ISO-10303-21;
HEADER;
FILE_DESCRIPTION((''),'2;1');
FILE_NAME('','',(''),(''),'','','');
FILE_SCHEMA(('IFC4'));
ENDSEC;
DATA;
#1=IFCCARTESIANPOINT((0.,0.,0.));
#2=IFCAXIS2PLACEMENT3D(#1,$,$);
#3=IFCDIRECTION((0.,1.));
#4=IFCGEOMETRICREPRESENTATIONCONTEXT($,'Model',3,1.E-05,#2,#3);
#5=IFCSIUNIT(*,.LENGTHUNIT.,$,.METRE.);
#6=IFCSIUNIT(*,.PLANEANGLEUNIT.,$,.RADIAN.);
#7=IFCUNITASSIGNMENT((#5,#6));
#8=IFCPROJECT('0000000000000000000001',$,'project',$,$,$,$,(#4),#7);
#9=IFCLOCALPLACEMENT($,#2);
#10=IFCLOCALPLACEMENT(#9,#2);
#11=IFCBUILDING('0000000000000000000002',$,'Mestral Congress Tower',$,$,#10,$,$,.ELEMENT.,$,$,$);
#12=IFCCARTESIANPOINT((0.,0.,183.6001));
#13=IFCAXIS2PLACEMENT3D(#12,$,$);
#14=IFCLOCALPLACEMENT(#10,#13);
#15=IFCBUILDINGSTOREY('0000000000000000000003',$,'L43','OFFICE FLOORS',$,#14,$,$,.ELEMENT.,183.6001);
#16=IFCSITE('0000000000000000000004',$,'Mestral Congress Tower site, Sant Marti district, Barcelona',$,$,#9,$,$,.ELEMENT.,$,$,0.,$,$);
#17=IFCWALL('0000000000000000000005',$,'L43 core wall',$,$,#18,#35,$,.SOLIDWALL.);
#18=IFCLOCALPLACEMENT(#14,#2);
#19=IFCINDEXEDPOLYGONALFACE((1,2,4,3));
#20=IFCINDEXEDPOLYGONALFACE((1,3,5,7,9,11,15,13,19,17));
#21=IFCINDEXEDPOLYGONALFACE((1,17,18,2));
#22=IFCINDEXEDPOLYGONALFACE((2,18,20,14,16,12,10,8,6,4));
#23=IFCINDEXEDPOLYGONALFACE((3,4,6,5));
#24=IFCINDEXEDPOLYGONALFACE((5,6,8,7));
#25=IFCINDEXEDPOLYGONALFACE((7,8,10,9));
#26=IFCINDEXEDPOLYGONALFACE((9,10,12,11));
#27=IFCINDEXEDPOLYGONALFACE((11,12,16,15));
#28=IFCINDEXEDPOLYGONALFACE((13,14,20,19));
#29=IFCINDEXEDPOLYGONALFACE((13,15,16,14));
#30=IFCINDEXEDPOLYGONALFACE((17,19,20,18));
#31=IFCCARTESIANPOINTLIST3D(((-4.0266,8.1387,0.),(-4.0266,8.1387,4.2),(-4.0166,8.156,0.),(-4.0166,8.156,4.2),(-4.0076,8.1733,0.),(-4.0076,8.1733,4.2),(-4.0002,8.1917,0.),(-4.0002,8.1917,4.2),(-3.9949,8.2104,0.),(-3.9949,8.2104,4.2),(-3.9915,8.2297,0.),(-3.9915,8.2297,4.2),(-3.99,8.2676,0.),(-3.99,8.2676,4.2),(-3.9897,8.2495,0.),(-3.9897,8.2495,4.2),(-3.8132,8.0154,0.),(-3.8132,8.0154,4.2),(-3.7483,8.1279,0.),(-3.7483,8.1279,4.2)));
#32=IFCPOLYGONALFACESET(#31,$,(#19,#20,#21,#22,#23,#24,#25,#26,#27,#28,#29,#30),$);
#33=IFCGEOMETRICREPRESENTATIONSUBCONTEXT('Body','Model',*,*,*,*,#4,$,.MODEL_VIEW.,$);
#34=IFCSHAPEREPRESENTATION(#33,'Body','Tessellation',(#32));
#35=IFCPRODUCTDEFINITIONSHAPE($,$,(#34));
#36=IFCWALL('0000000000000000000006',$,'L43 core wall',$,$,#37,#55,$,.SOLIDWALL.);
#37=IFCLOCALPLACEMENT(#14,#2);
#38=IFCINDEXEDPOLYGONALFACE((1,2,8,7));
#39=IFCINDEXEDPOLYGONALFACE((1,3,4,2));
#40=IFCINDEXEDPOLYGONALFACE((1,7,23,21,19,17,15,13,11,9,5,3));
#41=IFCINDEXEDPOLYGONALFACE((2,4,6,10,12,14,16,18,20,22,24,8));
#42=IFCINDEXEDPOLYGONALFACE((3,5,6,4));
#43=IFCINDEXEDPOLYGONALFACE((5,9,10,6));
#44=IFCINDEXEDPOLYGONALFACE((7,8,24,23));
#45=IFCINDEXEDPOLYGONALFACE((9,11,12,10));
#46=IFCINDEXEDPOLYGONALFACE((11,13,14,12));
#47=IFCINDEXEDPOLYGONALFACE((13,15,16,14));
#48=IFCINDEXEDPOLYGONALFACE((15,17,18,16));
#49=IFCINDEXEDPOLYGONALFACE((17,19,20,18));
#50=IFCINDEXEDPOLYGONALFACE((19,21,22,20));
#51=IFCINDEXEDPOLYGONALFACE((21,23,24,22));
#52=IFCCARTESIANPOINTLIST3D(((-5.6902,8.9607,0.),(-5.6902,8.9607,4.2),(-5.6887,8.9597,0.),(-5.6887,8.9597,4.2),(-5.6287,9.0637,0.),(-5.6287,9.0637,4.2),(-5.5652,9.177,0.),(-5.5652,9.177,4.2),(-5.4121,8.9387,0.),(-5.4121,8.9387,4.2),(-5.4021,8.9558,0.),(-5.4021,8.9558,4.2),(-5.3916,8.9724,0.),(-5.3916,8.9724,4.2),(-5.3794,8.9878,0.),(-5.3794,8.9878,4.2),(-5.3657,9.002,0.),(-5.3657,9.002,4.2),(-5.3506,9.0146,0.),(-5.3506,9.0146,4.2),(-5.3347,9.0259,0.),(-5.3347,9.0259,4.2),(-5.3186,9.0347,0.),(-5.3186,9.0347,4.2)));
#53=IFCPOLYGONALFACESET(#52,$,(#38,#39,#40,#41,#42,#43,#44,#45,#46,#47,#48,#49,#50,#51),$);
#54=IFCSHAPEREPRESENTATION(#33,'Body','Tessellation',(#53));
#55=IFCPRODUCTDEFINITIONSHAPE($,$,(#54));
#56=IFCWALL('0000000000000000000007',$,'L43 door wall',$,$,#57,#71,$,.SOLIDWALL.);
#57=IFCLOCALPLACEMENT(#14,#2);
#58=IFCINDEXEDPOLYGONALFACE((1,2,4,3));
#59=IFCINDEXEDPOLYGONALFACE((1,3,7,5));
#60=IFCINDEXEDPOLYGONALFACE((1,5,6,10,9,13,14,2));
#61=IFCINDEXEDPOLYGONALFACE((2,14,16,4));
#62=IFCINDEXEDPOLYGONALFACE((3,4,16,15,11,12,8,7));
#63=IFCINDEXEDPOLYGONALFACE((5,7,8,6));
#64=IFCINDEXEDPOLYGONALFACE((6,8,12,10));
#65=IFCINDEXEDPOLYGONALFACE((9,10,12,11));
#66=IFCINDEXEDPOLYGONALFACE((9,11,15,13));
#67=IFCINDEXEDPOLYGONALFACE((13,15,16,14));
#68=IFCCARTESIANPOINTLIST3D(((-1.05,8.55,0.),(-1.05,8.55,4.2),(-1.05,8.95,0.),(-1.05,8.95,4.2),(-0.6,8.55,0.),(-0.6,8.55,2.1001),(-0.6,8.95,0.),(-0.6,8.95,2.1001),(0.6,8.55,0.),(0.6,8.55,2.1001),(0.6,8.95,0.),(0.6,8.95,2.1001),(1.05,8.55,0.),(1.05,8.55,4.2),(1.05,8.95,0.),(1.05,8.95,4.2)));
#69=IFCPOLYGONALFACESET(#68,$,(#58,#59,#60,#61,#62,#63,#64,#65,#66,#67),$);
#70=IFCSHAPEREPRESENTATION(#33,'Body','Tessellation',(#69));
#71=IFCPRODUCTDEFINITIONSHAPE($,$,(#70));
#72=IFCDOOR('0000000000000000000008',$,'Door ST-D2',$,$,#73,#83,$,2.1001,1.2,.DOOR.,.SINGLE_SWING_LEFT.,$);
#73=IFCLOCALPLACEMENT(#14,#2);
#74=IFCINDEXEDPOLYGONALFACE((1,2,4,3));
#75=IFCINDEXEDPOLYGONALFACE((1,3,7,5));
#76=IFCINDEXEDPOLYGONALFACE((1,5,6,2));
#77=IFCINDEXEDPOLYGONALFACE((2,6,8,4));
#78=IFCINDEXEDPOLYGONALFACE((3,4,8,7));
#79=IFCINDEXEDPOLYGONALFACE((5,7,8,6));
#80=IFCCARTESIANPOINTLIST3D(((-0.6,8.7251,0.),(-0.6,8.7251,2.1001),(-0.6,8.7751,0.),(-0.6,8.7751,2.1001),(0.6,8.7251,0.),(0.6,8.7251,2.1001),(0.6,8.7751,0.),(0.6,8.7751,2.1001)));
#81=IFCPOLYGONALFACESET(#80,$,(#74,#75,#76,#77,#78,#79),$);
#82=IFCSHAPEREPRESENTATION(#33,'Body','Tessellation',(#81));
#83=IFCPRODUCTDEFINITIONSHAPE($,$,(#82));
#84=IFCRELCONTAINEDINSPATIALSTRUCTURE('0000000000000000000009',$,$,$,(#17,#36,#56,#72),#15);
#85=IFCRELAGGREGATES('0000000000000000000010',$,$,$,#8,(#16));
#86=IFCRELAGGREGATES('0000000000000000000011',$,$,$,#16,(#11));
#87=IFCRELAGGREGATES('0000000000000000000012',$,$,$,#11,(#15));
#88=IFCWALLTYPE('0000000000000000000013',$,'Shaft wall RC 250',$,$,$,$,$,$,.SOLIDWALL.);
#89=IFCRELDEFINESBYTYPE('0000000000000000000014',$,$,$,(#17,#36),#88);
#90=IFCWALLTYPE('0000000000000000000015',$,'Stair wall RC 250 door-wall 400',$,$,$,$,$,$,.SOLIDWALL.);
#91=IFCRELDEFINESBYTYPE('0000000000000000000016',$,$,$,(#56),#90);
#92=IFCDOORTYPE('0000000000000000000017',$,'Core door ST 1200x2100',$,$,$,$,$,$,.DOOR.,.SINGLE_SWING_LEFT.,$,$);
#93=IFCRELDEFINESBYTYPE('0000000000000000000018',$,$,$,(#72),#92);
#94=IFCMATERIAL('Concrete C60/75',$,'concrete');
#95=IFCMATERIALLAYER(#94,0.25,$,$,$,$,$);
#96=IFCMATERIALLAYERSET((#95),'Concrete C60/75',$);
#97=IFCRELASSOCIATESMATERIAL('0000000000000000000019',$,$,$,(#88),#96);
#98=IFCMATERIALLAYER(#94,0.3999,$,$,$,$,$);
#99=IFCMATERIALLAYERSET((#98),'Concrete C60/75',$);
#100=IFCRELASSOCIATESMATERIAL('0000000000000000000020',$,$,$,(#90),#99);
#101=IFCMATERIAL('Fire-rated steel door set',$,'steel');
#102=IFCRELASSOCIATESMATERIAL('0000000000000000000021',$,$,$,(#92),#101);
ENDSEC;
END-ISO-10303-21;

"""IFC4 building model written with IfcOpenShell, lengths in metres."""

from ifc_helpers import new_model, si_unit, direction, frame, frame_2d, origin, place, context, subcontext, project, spatial, polyline, rectangle, outline, extrude, material, layer, layer_set, type_object, element, fill, save


model = new_model("IFC4")

# Units and contexts
model_context = context("Model", 3, precision=1e-05, world=origin(), true_north=direction((0.0, 1.0)))
body_context = subcontext(model_context, "Body", "Model", "MODEL_VIEW")
ifc_project = project(units=[si_unit("LENGTHUNIT", "METRE"), si_unit("PLANEANGLEUNIT", "RADIAN")], contexts=[model_context])

# Site, building, storey
site_placement = place(None, origin())
site = spatial("IfcSite", under=ifc_project, at=site_placement, Name="Mestral Congress Tower site, Sant Marti district, Barcelona", CompositionType="ELEMENT", RefElevation=0.0)
building_placement = place(site_placement, origin())
building = spatial("IfcBuilding", under=site, at=building_placement, Name="Mestral Congress Tower", CompositionType="ELEMENT")
storey_placement = place(building_placement, frame((0.0, 0.0, 183.6001)))
storey = spatial("IfcBuildingStorey", under=building, at=storey_placement, Name="L43", Description="OFFICE FLOORS", CompositionType="ELEMENT", Elevation=183.6001)

# Walls
placement = place(storey_placement, origin())
ifc_material_1 = material(Name="Concrete C60/75", Category="concrete")
ifc_layer_1 = layer(ifc_material_1, 0.25)
ifc_layer_set_1 = layer_set([ifc_layer_1], Name="Concrete C60/75")
wall_type_1 = type_object("IfcWallType", Name="Shaft wall RC 250", PredefinedType="SOLIDWALL", material=ifc_layer_set_1)
element("IfcWall", 1, at=placement, inside=storey, type_object=wall_type_1, Name="L43 core wall", PredefinedType="SOLIDWALL", context=body_context, shape_type="SweptSolid", body=[
    extrude(outline(polyline([(-3.7483, 8.1279), (-3.8132, 8.0154), (-4.0266, 8.1387), (-4.0166, 8.156), (-4.0076, 8.1733), (-4.0002, 8.1917), (-3.9949, 8.2104), (-3.9915, 8.2297), (-3.9897, 8.2495), (-3.99, 8.2676), (-3.7483, 8.1279)])), origin(), (0.0, 0.0, 1.0), 4.2),
])
element("IfcWall", 2, at=placement, inside=storey, type_object=wall_type_1, Name="L43 core wall", PredefinedType="SOLIDWALL", context=body_context, shape_type="SweptSolid", body=[
    extrude(outline(polyline([(-5.6887, 8.9597), (-5.6902, 8.9607), (-5.5652, 9.177), (-5.3186, 9.0347), (-5.3347, 9.0259), (-5.3506, 9.0146), (-5.3657, 9.002), (-5.3794, 8.9878), (-5.3916, 8.9724), (-5.4021, 8.9558), (-5.4121, 8.9387), (-5.6287, 9.0637), (-5.6287, 9.0637), (-5.6887, 8.9597)])), origin(), (0.0, 0.0, 1.0), 4.2),
])

# Wall, opening, door
ifc_layer_2 = layer(ifc_material_1, 0.3999)
ifc_layer_set_2 = layer_set([ifc_layer_2], Name="Concrete C60/75")
wall_type_2 = type_object("IfcWallType", Name="Stair wall RC 250 door-wall 400", PredefinedType="SOLIDWALL", material=ifc_layer_set_2)
wall_1_placement = place(storey_placement, frame((1.05, 8.75, 0.0), z_axis=(0.0, 0.0, 1.0), x_axis=(-1.0, 0.0, 0.0)))
wall_1 = element("IfcWall", 3, at=wall_1_placement, inside=storey, type_object=wall_type_2, Name="L43 door wall", PredefinedType="SOLIDWALL", context=body_context, shape_type="SweptSolid", body=[
    extrude(rectangle(XDim=2.1001, YDim=0.3999, at=frame_2d((1.05, 0.0))), origin(), (0.0, 0.0, 1.0), 4.2),
])
opening_placement = place(wall_1_placement, frame((0.45, 0.0, 0.0)))
opening = element("IfcOpeningElement", 4, at=opening_placement, cuts=wall_1, PredefinedType="OPENING", context=body_context, shape_type="SweptSolid", body=[
    extrude(rectangle(XDim=1.2, YDim=2.1001, at=frame_2d((0.6001, 1.05))), frame((0.0, 0.21, 0.0), z_axis=(0.0, -1.0, 0.0), x_axis=(1.0, 0.0, 0.0)), (0.0, 0.0, 1.0), 0.4199),
])
ifc_material_2 = material(Name="Fire-rated steel door set", Category="steel")
door_type = type_object("IfcDoorType", Name="Core door ST 1200x2100", OperationType="SINGLE_SWING_LEFT", PredefinedType="DOOR", material=ifc_material_2)
door_placement = place(opening_placement, origin())
door = element("IfcDoor", 5, at=door_placement, inside=storey, type_object=door_type, Name="Door ST-D2", OperationType="SINGLE_SWING_LEFT", OverallHeight=2.1001, OverallWidth=1.2, PredefinedType="DOOR", context=body_context, shape_type="SweptSolid", body=[
    extrude(rectangle(XDim=1.2, YDim=2.1001, at=frame_2d((0.6001, 1.05))), frame((0.0, 0.0249, 0.0), z_axis=(0.0, -1.0, 0.0), x_axis=(1.0, 0.0, 0.0)), (0.0, 0.0, 1.0), 0.05),
])
fill(opening, door)

save(model, "model.ifc")
